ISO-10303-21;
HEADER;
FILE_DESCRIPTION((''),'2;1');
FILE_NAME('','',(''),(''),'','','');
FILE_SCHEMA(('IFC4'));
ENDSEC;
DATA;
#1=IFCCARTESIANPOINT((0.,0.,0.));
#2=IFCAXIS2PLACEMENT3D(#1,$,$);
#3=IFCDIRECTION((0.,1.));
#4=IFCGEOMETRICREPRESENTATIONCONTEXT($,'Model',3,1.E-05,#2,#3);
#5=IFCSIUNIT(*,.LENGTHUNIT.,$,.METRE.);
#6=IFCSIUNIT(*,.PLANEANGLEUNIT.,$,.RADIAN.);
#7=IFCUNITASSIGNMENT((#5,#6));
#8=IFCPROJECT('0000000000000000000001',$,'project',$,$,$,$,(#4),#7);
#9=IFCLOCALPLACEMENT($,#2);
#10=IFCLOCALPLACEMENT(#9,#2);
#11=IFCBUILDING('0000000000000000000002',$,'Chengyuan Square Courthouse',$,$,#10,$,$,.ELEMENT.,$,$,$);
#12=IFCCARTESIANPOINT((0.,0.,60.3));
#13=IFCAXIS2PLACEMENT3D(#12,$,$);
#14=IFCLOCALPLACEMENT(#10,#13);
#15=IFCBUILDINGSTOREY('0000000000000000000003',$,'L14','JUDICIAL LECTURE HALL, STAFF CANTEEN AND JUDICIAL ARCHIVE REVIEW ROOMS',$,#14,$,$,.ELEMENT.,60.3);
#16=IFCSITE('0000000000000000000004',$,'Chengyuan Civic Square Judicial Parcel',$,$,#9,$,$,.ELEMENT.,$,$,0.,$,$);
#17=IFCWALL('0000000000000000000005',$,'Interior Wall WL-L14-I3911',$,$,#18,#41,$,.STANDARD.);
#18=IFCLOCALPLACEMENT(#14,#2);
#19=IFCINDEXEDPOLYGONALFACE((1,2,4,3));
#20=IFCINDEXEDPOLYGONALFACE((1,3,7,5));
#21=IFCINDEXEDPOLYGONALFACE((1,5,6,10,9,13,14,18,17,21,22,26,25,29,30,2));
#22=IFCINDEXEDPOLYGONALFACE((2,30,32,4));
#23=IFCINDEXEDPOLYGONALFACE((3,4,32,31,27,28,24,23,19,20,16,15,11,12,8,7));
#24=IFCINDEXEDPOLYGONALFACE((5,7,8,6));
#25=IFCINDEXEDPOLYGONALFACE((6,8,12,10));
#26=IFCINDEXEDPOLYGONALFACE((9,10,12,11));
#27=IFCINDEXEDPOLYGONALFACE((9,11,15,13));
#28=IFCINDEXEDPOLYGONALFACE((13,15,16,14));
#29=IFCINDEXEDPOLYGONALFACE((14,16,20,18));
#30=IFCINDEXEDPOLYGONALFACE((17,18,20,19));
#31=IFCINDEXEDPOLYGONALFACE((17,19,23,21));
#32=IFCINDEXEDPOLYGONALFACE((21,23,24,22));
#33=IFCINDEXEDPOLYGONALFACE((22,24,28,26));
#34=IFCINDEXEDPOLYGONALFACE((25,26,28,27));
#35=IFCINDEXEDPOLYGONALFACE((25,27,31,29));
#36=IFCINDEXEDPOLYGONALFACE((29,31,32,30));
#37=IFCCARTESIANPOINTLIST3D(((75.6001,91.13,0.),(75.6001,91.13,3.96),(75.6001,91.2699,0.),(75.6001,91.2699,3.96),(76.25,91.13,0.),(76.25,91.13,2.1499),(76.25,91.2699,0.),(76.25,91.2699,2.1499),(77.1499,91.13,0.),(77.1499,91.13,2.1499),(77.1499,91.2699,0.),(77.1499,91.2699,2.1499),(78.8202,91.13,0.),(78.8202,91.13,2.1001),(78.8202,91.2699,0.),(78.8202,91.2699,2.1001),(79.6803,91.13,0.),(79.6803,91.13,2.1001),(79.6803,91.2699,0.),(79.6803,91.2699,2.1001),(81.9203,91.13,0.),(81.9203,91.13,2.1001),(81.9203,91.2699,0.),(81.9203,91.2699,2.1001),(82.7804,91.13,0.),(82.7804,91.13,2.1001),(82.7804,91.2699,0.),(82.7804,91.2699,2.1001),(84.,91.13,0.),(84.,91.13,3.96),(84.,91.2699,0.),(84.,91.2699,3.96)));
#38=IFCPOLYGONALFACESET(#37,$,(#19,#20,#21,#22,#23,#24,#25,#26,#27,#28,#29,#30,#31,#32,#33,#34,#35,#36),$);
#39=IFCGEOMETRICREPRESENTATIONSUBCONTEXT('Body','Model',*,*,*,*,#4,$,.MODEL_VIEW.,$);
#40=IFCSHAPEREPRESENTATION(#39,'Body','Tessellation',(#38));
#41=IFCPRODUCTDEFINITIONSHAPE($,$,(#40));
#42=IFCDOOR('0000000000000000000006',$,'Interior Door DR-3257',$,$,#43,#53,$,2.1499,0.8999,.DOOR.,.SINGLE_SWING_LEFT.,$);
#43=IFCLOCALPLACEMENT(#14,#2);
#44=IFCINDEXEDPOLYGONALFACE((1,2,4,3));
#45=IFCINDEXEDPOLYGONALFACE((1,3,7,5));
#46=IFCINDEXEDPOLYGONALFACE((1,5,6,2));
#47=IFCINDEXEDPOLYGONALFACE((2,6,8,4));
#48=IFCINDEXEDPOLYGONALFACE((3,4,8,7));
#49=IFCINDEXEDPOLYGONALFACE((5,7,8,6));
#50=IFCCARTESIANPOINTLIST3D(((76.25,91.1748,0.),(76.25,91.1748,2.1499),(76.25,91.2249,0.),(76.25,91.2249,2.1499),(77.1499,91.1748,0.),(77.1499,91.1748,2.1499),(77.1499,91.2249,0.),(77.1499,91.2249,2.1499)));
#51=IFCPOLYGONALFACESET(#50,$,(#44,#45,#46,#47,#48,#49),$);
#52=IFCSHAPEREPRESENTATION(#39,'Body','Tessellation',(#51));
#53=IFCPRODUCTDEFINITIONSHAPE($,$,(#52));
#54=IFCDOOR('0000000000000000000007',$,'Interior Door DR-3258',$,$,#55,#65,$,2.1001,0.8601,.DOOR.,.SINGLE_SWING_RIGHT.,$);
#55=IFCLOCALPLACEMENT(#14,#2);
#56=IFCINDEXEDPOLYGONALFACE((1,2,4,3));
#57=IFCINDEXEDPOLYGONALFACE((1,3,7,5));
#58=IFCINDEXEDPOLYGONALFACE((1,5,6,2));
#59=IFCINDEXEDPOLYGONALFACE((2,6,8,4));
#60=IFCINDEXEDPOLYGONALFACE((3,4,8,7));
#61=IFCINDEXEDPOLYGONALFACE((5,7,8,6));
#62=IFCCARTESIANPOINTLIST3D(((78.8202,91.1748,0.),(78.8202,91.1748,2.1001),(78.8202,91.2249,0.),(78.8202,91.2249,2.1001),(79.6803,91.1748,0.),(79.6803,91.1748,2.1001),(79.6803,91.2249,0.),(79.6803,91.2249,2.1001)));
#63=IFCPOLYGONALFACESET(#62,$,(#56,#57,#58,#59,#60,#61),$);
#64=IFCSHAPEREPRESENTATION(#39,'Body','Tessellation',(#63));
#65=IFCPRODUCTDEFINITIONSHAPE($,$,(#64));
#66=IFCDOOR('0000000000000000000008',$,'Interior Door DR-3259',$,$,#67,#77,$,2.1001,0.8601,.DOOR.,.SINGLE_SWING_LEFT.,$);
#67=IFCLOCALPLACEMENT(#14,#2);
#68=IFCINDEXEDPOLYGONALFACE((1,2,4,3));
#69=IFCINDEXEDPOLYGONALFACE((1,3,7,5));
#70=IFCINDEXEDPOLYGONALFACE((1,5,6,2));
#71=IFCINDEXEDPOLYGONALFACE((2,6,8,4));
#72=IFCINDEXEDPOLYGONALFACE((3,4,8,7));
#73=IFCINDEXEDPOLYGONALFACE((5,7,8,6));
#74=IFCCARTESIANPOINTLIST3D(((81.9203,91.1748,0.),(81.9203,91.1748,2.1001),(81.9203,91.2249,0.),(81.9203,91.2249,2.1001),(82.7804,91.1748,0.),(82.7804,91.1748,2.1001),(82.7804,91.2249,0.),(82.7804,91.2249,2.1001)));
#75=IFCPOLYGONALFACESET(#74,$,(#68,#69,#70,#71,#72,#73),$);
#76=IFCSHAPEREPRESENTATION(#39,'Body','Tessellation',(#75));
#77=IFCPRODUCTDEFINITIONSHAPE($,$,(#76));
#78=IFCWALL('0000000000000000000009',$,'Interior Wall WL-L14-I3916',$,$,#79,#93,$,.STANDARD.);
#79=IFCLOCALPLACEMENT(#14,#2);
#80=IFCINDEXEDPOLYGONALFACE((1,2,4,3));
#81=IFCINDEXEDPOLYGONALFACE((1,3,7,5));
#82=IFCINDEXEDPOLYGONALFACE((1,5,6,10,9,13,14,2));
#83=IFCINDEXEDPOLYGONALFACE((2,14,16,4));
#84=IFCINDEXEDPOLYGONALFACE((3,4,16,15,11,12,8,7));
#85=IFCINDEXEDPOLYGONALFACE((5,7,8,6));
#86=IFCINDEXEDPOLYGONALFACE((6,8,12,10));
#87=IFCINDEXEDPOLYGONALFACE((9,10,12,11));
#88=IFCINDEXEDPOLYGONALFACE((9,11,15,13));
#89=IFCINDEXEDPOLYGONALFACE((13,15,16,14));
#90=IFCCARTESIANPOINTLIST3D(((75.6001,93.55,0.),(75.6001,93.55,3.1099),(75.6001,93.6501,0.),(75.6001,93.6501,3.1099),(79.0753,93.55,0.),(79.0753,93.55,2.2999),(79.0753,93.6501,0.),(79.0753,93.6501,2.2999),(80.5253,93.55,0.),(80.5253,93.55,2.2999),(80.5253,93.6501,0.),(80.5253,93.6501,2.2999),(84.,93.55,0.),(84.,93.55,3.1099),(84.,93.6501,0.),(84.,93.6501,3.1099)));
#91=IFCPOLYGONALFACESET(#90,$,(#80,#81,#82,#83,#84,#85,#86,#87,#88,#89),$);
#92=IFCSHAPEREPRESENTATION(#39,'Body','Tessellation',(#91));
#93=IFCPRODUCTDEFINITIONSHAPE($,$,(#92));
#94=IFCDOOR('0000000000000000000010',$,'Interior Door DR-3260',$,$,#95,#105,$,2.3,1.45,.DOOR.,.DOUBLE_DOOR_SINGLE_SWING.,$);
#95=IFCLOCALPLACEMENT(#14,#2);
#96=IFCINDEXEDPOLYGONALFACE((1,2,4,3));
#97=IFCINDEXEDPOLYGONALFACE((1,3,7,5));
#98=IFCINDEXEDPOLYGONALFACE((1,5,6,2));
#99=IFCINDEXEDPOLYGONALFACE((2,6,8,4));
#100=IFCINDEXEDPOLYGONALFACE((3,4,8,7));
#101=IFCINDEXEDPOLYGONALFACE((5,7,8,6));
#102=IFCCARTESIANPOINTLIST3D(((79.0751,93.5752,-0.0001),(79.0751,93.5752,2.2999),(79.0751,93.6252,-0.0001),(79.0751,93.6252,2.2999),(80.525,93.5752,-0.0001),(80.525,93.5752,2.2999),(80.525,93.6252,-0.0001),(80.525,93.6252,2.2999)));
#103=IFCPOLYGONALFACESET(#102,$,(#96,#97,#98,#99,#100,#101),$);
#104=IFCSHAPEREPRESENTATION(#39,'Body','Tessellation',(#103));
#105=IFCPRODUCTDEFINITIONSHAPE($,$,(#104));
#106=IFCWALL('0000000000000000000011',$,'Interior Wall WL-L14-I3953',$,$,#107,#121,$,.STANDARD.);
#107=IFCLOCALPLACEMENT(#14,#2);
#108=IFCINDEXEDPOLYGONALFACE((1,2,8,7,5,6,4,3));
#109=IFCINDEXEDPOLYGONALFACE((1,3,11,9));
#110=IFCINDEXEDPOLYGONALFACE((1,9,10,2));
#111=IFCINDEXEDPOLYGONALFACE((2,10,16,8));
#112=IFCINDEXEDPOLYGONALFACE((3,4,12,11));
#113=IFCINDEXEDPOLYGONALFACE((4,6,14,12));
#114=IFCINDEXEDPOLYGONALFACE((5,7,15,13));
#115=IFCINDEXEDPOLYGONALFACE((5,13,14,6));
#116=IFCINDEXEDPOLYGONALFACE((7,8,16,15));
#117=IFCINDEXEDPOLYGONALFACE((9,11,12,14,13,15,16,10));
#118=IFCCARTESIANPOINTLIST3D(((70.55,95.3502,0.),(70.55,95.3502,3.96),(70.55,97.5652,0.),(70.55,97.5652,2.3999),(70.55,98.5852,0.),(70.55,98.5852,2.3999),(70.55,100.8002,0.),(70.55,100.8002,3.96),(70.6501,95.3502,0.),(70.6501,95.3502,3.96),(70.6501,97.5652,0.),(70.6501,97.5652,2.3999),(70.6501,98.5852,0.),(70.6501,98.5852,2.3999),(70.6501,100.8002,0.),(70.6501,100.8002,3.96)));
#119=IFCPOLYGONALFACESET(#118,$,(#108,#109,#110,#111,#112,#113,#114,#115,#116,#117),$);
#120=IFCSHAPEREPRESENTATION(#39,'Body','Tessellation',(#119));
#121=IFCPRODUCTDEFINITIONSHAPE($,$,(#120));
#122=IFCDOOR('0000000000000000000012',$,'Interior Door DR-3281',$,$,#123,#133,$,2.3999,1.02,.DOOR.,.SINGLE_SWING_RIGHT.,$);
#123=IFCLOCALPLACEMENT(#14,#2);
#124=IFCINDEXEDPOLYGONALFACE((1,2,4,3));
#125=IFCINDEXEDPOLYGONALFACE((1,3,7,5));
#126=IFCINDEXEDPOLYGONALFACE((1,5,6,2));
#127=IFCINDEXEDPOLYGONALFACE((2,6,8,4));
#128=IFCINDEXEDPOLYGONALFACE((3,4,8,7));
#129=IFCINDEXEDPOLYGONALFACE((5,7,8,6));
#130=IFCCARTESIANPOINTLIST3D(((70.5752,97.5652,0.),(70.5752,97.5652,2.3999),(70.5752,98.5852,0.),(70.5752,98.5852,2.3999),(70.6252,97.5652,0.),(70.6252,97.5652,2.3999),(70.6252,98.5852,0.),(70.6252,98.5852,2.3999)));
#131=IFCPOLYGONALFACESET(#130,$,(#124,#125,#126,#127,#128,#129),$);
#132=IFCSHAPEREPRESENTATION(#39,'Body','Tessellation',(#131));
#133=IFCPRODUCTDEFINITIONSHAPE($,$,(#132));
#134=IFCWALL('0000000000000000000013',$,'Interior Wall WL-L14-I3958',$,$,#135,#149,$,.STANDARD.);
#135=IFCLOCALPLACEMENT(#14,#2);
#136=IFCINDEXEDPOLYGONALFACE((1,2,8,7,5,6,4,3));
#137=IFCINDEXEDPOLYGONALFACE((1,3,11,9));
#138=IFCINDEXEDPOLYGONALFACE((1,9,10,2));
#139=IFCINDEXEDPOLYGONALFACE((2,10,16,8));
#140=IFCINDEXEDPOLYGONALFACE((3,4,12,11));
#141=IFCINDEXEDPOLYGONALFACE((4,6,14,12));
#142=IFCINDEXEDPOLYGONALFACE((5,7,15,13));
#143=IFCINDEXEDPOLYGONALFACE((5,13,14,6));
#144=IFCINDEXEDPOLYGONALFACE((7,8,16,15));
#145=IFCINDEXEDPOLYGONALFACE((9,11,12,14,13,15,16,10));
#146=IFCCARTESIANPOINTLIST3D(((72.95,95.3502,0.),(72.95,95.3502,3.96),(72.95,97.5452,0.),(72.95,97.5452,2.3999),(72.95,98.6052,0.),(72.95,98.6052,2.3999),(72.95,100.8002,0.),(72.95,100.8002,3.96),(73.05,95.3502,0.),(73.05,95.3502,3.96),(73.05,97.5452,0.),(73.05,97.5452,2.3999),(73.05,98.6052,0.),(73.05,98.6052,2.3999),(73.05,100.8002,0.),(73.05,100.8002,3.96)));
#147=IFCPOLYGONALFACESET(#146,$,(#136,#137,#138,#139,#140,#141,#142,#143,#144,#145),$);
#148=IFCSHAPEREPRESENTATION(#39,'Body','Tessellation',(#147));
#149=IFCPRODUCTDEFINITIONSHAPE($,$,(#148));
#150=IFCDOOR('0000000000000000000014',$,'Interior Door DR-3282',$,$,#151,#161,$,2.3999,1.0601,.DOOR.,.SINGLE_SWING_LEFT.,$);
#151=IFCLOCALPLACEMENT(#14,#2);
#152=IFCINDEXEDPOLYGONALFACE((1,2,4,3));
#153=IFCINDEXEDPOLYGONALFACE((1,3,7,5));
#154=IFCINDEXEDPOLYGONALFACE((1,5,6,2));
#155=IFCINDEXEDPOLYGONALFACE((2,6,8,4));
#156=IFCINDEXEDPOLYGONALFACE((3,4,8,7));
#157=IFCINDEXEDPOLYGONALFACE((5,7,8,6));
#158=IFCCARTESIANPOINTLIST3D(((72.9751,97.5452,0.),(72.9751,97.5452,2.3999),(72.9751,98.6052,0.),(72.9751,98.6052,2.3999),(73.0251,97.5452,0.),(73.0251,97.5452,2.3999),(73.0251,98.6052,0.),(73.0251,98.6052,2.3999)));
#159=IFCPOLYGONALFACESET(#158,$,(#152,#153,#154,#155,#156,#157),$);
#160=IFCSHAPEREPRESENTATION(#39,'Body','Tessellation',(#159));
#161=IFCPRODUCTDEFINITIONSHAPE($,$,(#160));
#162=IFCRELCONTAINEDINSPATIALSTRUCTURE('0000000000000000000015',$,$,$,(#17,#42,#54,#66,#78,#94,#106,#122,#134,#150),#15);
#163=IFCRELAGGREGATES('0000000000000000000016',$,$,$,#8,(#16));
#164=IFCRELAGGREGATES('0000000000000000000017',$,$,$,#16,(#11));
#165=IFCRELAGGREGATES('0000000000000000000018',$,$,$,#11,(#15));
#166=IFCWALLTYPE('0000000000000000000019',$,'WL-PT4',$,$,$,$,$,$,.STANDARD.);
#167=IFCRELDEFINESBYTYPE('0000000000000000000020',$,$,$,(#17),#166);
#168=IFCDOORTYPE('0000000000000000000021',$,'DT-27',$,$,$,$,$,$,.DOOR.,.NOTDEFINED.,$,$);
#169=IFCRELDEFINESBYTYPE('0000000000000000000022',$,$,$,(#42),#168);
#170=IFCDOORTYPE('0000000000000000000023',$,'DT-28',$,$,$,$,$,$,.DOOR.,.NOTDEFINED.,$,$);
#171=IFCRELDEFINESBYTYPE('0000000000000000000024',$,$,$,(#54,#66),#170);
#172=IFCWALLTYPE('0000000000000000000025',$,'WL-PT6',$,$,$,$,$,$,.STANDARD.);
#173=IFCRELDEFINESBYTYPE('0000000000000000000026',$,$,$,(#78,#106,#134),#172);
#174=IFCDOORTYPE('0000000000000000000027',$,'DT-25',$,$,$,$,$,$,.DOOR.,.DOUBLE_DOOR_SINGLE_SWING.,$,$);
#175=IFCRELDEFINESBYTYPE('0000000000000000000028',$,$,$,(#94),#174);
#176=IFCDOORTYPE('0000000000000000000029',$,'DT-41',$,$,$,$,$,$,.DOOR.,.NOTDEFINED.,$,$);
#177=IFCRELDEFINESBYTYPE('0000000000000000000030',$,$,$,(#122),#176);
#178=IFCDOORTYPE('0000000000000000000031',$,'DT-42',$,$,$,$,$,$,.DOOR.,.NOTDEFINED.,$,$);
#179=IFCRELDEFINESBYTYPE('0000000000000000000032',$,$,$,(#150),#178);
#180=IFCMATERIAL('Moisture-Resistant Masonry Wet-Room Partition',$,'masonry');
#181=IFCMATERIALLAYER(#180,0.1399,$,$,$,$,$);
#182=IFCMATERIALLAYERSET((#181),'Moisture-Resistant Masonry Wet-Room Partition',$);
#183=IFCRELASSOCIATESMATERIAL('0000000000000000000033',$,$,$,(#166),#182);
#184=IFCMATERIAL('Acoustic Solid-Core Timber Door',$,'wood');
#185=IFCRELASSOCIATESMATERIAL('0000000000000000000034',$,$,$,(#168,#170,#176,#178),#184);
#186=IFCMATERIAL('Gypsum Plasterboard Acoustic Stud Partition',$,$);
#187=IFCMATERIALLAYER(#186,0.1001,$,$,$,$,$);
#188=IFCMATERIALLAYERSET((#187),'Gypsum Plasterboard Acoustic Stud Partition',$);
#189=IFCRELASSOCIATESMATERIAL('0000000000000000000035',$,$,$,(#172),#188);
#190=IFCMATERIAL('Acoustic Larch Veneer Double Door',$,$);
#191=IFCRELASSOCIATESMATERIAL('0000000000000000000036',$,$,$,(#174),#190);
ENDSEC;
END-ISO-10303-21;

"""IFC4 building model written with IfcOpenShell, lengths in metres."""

from ifc_helpers import new_model, si_unit, direction, frame, frame_2d, origin, place, context, subcontext, project, spatial, rectangle, extrude, material, layer, layer_set, type_object, element, fill, save


model = new_model("IFC4")

# Units and contexts
model_context = context("Model", 3, precision=1e-05, world=origin(), true_north=direction((0.0, 1.0)))
body_context = subcontext(model_context, "Body", "Model", "MODEL_VIEW")
ifc_project = project(units=[si_unit("LENGTHUNIT", "METRE"), si_unit("PLANEANGLEUNIT", "RADIAN")], contexts=[model_context])

# Site, building, storey
site_placement = place(None, origin())
site = spatial("IfcSite", under=ifc_project, at=site_placement, Name="Chengyuan Civic Square Judicial Parcel", CompositionType="ELEMENT", RefElevation=0.0)
building_placement = place(site_placement, origin())
building = spatial("IfcBuilding", under=site, at=building_placement, Name="Chengyuan Square Courthouse", CompositionType="ELEMENT")
storey_placement = place(building_placement, frame((0.0, 0.0, 60.3)))
storey = spatial("IfcBuildingStorey", under=building, at=storey_placement, Name="L14", Description="JUDICIAL LECTURE HALL, STAFF CANTEEN AND JUDICIAL ARCHIVE REVIEW ROOMS", CompositionType="ELEMENT", Elevation=60.3)

# Wall, openings, doors
ifc_material_1 = material(Name="Moisture-Resistant Masonry Wet-Room Partition", Category="masonry")
ifc_layer_1 = layer(ifc_material_1, 0.1399)
ifc_layer_set_1 = layer_set([ifc_layer_1], Name="Moisture-Resistant Masonry Wet-Room Partition")
wall_type_1 = type_object("IfcWallType", Name="WL-PT4", PredefinedType="STANDARD", material=ifc_layer_set_1)
wall_1_placement = place(storey_placement, frame((75.6001, 91.2, 0.0), z_axis=(0.0, 0.0, 1.0), x_axis=(1.0, 0.0, 0.0)))
wall_1 = element("IfcWall", 1, at=wall_1_placement, inside=storey, type_object=wall_type_1, Name="Interior Wall WL-L14-I3911", PredefinedType="STANDARD", context=body_context, shape_type="SweptSolid", body=[
    extrude(rectangle(XDim=8.3999, YDim=0.1399, at=frame_2d((4.2, 0.0))), origin(), (0.0, 0.0, 1.0), 3.96),
])
opening_1_placement = place(wall_1_placement, frame((0.6499, 0.0, 0.0)))
opening_1 = element("IfcOpeningElement", 2, at=opening_1_placement, cuts=wall_1, PredefinedType="OPENING", context=body_context, shape_type="SweptSolid", body=[
    extrude(rectangle(XDim=0.8999, YDim=2.1499, at=frame_2d((0.45, 1.075))), frame((0.0, 0.082, 0.0), z_axis=(0.0, -1.0, 0.0), x_axis=(1.0, 0.0, 0.0)), (0.0, 0.0, 1.0), 0.1638),
])
opening_2_placement = place(wall_1_placement, frame((3.22, 0.0, 0.0)))
opening_2 = element("IfcOpeningElement", 3, at=opening_2_placement, cuts=wall_1, PredefinedType="OPENING", context=body_context, shape_type="SweptSolid", body=[
    extrude(rectangle(XDim=0.8601, YDim=2.1001, at=frame_2d((0.4302, 1.05))), frame((0.0, 0.082, 0.0), z_axis=(0.0, -1.0, 0.0), x_axis=(1.0, 0.0, 0.0)), (0.0, 0.0, 1.0), 0.1638),
])
opening_3_placement = place(wall_1_placement, frame((6.3201, 0.0, 0.0)))
opening_3 = element("IfcOpeningElement", 4, at=opening_3_placement, cuts=wall_1, PredefinedType="OPENING", context=body_context, shape_type="SweptSolid", body=[
    extrude(rectangle(XDim=0.8601, YDim=2.1001, at=frame_2d((0.4302, 1.05))), frame((0.0, 0.082, 0.0), z_axis=(0.0, -1.0, 0.0), x_axis=(1.0, 0.0, 0.0)), (0.0, 0.0, 1.0), 0.1638),
])
ifc_material_2 = material(Name="Acoustic Solid-Core Timber Door", Category="wood")
door_type_1 = type_object("IfcDoorType", Name="DT-27", OperationType="NOTDEFINED", PredefinedType="DOOR", material=ifc_material_2)
door_1_placement = place(opening_1_placement, origin())
door_1 = element("IfcDoor", 5, at=door_1_placement, inside=storey, type_object=door_type_1, Name="Interior Door DR-3257", OperationType="SINGLE_SWING_LEFT", OverallHeight=2.1499, OverallWidth=0.8999, PredefinedType="DOOR", context=body_context, shape_type="SweptSolid", body=[
    extrude(rectangle(XDim=0.8999, YDim=2.1499, at=frame_2d((0.45, 1.075))), frame((0.0, 0.0249, 0.0), z_axis=(0.0, -1.0, 0.0), x_axis=(1.0, 0.0, 0.0)), (0.0, 0.0, 1.0), 0.05),
])
fill(opening_1, door_1)
door_type_2 = type_object("IfcDoorType", Name="DT-28", OperationType="NOTDEFINED", PredefinedType="DOOR", material=ifc_material_2)
door_2_placement = place(opening_2_placement, origin())
door_2 = element("IfcDoor", 6, at=door_2_placement, inside=storey, type_object=door_type_2, Name="Interior Door DR-3258", OperationType="SINGLE_SWING_RIGHT", OverallHeight=2.1001, OverallWidth=0.8601, PredefinedType="DOOR", context=body_context, shape_type="SweptSolid", body=[
    extrude(rectangle(XDim=0.8601, YDim=2.1001, at=frame_2d((0.4302, 1.05))), frame((0.0, 0.0249, 0.0), z_axis=(0.0, -1.0, 0.0), x_axis=(1.0, 0.0, 0.0)), (0.0, 0.0, 1.0), 0.05),
])
fill(opening_2, door_2)
door_3_placement = place(opening_3_placement, origin())
door_3 = element("IfcDoor", 7, at=door_3_placement, inside=storey, type_object=door_type_2, Name="Interior Door DR-3259", OperationType="SINGLE_SWING_LEFT", OverallHeight=2.1001, OverallWidth=0.8601, PredefinedType="DOOR", context=body_context, shape_type="SweptSolid", body=[
    extrude(rectangle(XDim=0.8601, YDim=2.1001, at=frame_2d((0.4302, 1.05))), frame((0.0, 0.0249, 0.0), z_axis=(0.0, -1.0, 0.0), x_axis=(1.0, 0.0, 0.0)), (0.0, 0.0, 1.0), 0.05),
])
fill(opening_3, door_3)

# Walls, openings, doors
ifc_material_3 = material(Name="Gypsum Plasterboard Acoustic Stud Partition")
ifc_layer_2 = layer(ifc_material_3, 0.1001)
ifc_layer_set_2 = layer_set([ifc_layer_2], Name="Gypsum Plasterboard Acoustic Stud Partition")
wall_type_2 = type_object("IfcWallType", Name="WL-PT6", PredefinedType="STANDARD", material=ifc_layer_set_2)
wall_2_placement = place(storey_placement, frame((75.6001, 93.6001, 0.0), z_axis=(0.0, 0.0, 1.0), x_axis=(1.0, 0.0, 0.0)))
wall_2 = element("IfcWall", 8, at=wall_2_placement, inside=storey, type_object=wall_type_2, Name="Interior Wall WL-L14-I3916", PredefinedType="STANDARD", context=body_context, shape_type="SweptSolid", body=[
    extrude(rectangle(XDim=8.3999, YDim=0.1001, at=frame_2d((4.2, 0.0))), origin(), (0.0, 0.0, 1.0), 3.1099),
])
opening_4_placement = place(wall_2_placement, frame((3.4751, 0.0, 0.0)))
opening_4 = element("IfcOpeningElement", 9, at=opening_4_placement, cuts=wall_2, PredefinedType="OPENING", context=body_context, shape_type="SweptSolid", body=[
    extrude(rectangle(XDim=1.45, YDim=2.3, at=frame_2d((0.7251, 1.1499))), frame((0.0, 0.062, 0.0), z_axis=(0.0, -1.0, 0.0), x_axis=(1.0, 0.0, 0.0)), (0.0, 0.0, 1.0), 0.124),
])
ifc_material_4 = material(Name="Acoustic Larch Veneer Double Door")
door_type_3 = type_object("IfcDoorType", Name="DT-25", OperationType="DOUBLE_DOOR_SINGLE_SWING", PredefinedType="DOOR", material=ifc_material_4)
door_4_placement = place(opening_4_placement, frame((1.45, 0.0, 0.0), z_axis=(0.0, 0.0, 1.0), x_axis=(-1.0, 0.0, 0.0)))
door_4 = element("IfcDoor", 10, at=door_4_placement, inside=storey, type_object=door_type_3, Name="Interior Door DR-3260", OperationType="DOUBLE_DOOR_SINGLE_SWING", OverallHeight=2.3, OverallWidth=1.45, PredefinedType="DOOR", context=body_context, shape_type="SweptSolid", body=[
    extrude(rectangle(XDim=1.45, YDim=2.3, at=frame_2d((0.7251, 1.1499))), frame((0.0, 0.0249, 0.0), z_axis=(0.0, -1.0, 0.0), x_axis=(1.0, 0.0, 0.0)), (0.0, 0.0, 1.0), 0.05),
])
fill(opening_4, door_4)
wall_3_placement = place(storey_placement, frame((70.6001, 95.3501, 0.0), z_axis=(0.0, 0.0, 1.0), x_axis=(0.0, 1.0, 0.0)))
wall_3 = element("IfcWall", 11, at=wall_3_placement, inside=storey, type_object=wall_type_2, Name="Interior Wall WL-L14-I3953", PredefinedType="STANDARD", context=body_context, shape_type="SweptSolid", body=[
    extrude(rectangle(XDim=5.45, YDim=0.1001, at=frame_2d((2.7251, 0.0))), origin(), (0.0, 0.0, 1.0), 3.96),
])
opening_5_placement = place(wall_3_placement, frame((2.2151, 0.0, 0.0)))
opening_5 = element("IfcOpeningElement", 12, at=opening_5_placement, cuts=wall_3, PredefinedType="OPENING", context=body_context, shape_type="SweptSolid", body=[
    extrude(rectangle(XDim=1.02, YDim=2.3999, at=frame_2d((0.51, 1.2))), frame((0.0, 0.062, 0.0), z_axis=(0.0, -1.0, 0.0), x_axis=(1.0, 0.0, 0.0)), (0.0, 0.0, 1.0), 0.124),
])
door_type_4 = type_object("IfcDoorType", Name="DT-41", OperationType="NOTDEFINED", PredefinedType="DOOR", material=ifc_material_2)
door_5_placement = place(opening_5_placement, origin())
door_5 = element("IfcDoor", 13, at=door_5_placement, inside=storey, type_object=door_type_4, Name="Interior Door DR-3281", OperationType="SINGLE_SWING_RIGHT", OverallHeight=2.3999, OverallWidth=1.02, PredefinedType="DOOR", context=body_context, shape_type="SweptSolid", body=[
    extrude(rectangle(XDim=1.02, YDim=2.3999, at=frame_2d((0.51, 1.2))), frame((0.0, 0.0249, 0.0), z_axis=(0.0, -1.0, 0.0), x_axis=(1.0, 0.0, 0.0)), (0.0, 0.0, 1.0), 0.05),
])
fill(opening_5, door_5)
wall_4_placement = place(storey_placement, frame((73.0, 95.3501, 0.0), z_axis=(0.0, 0.0, 1.0), x_axis=(0.0, 1.0, 0.0)))
wall_4 = element("IfcWall", 14, at=wall_4_placement, inside=storey, type_object=wall_type_2, Name="Interior Wall WL-L14-I3958", PredefinedType="STANDARD", context=body_context, shape_type="SweptSolid", body=[
    extrude(rectangle(XDim=5.45, YDim=0.1001, at=frame_2d((2.7251, 0.0))), origin(), (0.0, 0.0, 1.0), 3.96),
])
opening_6_placement = place(wall_4_placement, frame((2.1951, 0.0, 0.0)))
opening_6 = element("IfcOpeningElement", 15, at=opening_6_placement, cuts=wall_4, PredefinedType="OPENING", context=body_context, shape_type="SweptSolid", body=[
    extrude(rectangle(XDim=1.0601, YDim=2.3999, at=frame_2d((0.53, 1.2))), frame((0.0, 0.062, 0.0), z_axis=(0.0, -1.0, 0.0), x_axis=(1.0, 0.0, 0.0)), (0.0, 0.0, 1.0), 0.124),
])
door_type_5 = type_object("IfcDoorType", Name="DT-42", OperationType="NOTDEFINED", PredefinedType="DOOR", material=ifc_material_2)
door_6_placement = place(opening_6_placement, origin())
door_6 = element("IfcDoor", 16, at=door_6_placement, inside=storey, type_object=door_type_5, Name="Interior Door DR-3282", OperationType="SINGLE_SWING_LEFT", OverallHeight=2.3999, OverallWidth=1.0601, PredefinedType="DOOR", context=body_context, shape_type="SweptSolid", body=[
    extrude(rectangle(XDim=1.0601, YDim=2.3999, at=frame_2d((0.53, 1.2))), frame((0.0, 0.0249, 0.0), z_axis=(0.0, -1.0, 0.0), x_axis=(1.0, 0.0, 0.0)), (0.0, 0.0, 1.0), 0.05),
])
fill(opening_6, door_6)

save(model, "model.ifc")
